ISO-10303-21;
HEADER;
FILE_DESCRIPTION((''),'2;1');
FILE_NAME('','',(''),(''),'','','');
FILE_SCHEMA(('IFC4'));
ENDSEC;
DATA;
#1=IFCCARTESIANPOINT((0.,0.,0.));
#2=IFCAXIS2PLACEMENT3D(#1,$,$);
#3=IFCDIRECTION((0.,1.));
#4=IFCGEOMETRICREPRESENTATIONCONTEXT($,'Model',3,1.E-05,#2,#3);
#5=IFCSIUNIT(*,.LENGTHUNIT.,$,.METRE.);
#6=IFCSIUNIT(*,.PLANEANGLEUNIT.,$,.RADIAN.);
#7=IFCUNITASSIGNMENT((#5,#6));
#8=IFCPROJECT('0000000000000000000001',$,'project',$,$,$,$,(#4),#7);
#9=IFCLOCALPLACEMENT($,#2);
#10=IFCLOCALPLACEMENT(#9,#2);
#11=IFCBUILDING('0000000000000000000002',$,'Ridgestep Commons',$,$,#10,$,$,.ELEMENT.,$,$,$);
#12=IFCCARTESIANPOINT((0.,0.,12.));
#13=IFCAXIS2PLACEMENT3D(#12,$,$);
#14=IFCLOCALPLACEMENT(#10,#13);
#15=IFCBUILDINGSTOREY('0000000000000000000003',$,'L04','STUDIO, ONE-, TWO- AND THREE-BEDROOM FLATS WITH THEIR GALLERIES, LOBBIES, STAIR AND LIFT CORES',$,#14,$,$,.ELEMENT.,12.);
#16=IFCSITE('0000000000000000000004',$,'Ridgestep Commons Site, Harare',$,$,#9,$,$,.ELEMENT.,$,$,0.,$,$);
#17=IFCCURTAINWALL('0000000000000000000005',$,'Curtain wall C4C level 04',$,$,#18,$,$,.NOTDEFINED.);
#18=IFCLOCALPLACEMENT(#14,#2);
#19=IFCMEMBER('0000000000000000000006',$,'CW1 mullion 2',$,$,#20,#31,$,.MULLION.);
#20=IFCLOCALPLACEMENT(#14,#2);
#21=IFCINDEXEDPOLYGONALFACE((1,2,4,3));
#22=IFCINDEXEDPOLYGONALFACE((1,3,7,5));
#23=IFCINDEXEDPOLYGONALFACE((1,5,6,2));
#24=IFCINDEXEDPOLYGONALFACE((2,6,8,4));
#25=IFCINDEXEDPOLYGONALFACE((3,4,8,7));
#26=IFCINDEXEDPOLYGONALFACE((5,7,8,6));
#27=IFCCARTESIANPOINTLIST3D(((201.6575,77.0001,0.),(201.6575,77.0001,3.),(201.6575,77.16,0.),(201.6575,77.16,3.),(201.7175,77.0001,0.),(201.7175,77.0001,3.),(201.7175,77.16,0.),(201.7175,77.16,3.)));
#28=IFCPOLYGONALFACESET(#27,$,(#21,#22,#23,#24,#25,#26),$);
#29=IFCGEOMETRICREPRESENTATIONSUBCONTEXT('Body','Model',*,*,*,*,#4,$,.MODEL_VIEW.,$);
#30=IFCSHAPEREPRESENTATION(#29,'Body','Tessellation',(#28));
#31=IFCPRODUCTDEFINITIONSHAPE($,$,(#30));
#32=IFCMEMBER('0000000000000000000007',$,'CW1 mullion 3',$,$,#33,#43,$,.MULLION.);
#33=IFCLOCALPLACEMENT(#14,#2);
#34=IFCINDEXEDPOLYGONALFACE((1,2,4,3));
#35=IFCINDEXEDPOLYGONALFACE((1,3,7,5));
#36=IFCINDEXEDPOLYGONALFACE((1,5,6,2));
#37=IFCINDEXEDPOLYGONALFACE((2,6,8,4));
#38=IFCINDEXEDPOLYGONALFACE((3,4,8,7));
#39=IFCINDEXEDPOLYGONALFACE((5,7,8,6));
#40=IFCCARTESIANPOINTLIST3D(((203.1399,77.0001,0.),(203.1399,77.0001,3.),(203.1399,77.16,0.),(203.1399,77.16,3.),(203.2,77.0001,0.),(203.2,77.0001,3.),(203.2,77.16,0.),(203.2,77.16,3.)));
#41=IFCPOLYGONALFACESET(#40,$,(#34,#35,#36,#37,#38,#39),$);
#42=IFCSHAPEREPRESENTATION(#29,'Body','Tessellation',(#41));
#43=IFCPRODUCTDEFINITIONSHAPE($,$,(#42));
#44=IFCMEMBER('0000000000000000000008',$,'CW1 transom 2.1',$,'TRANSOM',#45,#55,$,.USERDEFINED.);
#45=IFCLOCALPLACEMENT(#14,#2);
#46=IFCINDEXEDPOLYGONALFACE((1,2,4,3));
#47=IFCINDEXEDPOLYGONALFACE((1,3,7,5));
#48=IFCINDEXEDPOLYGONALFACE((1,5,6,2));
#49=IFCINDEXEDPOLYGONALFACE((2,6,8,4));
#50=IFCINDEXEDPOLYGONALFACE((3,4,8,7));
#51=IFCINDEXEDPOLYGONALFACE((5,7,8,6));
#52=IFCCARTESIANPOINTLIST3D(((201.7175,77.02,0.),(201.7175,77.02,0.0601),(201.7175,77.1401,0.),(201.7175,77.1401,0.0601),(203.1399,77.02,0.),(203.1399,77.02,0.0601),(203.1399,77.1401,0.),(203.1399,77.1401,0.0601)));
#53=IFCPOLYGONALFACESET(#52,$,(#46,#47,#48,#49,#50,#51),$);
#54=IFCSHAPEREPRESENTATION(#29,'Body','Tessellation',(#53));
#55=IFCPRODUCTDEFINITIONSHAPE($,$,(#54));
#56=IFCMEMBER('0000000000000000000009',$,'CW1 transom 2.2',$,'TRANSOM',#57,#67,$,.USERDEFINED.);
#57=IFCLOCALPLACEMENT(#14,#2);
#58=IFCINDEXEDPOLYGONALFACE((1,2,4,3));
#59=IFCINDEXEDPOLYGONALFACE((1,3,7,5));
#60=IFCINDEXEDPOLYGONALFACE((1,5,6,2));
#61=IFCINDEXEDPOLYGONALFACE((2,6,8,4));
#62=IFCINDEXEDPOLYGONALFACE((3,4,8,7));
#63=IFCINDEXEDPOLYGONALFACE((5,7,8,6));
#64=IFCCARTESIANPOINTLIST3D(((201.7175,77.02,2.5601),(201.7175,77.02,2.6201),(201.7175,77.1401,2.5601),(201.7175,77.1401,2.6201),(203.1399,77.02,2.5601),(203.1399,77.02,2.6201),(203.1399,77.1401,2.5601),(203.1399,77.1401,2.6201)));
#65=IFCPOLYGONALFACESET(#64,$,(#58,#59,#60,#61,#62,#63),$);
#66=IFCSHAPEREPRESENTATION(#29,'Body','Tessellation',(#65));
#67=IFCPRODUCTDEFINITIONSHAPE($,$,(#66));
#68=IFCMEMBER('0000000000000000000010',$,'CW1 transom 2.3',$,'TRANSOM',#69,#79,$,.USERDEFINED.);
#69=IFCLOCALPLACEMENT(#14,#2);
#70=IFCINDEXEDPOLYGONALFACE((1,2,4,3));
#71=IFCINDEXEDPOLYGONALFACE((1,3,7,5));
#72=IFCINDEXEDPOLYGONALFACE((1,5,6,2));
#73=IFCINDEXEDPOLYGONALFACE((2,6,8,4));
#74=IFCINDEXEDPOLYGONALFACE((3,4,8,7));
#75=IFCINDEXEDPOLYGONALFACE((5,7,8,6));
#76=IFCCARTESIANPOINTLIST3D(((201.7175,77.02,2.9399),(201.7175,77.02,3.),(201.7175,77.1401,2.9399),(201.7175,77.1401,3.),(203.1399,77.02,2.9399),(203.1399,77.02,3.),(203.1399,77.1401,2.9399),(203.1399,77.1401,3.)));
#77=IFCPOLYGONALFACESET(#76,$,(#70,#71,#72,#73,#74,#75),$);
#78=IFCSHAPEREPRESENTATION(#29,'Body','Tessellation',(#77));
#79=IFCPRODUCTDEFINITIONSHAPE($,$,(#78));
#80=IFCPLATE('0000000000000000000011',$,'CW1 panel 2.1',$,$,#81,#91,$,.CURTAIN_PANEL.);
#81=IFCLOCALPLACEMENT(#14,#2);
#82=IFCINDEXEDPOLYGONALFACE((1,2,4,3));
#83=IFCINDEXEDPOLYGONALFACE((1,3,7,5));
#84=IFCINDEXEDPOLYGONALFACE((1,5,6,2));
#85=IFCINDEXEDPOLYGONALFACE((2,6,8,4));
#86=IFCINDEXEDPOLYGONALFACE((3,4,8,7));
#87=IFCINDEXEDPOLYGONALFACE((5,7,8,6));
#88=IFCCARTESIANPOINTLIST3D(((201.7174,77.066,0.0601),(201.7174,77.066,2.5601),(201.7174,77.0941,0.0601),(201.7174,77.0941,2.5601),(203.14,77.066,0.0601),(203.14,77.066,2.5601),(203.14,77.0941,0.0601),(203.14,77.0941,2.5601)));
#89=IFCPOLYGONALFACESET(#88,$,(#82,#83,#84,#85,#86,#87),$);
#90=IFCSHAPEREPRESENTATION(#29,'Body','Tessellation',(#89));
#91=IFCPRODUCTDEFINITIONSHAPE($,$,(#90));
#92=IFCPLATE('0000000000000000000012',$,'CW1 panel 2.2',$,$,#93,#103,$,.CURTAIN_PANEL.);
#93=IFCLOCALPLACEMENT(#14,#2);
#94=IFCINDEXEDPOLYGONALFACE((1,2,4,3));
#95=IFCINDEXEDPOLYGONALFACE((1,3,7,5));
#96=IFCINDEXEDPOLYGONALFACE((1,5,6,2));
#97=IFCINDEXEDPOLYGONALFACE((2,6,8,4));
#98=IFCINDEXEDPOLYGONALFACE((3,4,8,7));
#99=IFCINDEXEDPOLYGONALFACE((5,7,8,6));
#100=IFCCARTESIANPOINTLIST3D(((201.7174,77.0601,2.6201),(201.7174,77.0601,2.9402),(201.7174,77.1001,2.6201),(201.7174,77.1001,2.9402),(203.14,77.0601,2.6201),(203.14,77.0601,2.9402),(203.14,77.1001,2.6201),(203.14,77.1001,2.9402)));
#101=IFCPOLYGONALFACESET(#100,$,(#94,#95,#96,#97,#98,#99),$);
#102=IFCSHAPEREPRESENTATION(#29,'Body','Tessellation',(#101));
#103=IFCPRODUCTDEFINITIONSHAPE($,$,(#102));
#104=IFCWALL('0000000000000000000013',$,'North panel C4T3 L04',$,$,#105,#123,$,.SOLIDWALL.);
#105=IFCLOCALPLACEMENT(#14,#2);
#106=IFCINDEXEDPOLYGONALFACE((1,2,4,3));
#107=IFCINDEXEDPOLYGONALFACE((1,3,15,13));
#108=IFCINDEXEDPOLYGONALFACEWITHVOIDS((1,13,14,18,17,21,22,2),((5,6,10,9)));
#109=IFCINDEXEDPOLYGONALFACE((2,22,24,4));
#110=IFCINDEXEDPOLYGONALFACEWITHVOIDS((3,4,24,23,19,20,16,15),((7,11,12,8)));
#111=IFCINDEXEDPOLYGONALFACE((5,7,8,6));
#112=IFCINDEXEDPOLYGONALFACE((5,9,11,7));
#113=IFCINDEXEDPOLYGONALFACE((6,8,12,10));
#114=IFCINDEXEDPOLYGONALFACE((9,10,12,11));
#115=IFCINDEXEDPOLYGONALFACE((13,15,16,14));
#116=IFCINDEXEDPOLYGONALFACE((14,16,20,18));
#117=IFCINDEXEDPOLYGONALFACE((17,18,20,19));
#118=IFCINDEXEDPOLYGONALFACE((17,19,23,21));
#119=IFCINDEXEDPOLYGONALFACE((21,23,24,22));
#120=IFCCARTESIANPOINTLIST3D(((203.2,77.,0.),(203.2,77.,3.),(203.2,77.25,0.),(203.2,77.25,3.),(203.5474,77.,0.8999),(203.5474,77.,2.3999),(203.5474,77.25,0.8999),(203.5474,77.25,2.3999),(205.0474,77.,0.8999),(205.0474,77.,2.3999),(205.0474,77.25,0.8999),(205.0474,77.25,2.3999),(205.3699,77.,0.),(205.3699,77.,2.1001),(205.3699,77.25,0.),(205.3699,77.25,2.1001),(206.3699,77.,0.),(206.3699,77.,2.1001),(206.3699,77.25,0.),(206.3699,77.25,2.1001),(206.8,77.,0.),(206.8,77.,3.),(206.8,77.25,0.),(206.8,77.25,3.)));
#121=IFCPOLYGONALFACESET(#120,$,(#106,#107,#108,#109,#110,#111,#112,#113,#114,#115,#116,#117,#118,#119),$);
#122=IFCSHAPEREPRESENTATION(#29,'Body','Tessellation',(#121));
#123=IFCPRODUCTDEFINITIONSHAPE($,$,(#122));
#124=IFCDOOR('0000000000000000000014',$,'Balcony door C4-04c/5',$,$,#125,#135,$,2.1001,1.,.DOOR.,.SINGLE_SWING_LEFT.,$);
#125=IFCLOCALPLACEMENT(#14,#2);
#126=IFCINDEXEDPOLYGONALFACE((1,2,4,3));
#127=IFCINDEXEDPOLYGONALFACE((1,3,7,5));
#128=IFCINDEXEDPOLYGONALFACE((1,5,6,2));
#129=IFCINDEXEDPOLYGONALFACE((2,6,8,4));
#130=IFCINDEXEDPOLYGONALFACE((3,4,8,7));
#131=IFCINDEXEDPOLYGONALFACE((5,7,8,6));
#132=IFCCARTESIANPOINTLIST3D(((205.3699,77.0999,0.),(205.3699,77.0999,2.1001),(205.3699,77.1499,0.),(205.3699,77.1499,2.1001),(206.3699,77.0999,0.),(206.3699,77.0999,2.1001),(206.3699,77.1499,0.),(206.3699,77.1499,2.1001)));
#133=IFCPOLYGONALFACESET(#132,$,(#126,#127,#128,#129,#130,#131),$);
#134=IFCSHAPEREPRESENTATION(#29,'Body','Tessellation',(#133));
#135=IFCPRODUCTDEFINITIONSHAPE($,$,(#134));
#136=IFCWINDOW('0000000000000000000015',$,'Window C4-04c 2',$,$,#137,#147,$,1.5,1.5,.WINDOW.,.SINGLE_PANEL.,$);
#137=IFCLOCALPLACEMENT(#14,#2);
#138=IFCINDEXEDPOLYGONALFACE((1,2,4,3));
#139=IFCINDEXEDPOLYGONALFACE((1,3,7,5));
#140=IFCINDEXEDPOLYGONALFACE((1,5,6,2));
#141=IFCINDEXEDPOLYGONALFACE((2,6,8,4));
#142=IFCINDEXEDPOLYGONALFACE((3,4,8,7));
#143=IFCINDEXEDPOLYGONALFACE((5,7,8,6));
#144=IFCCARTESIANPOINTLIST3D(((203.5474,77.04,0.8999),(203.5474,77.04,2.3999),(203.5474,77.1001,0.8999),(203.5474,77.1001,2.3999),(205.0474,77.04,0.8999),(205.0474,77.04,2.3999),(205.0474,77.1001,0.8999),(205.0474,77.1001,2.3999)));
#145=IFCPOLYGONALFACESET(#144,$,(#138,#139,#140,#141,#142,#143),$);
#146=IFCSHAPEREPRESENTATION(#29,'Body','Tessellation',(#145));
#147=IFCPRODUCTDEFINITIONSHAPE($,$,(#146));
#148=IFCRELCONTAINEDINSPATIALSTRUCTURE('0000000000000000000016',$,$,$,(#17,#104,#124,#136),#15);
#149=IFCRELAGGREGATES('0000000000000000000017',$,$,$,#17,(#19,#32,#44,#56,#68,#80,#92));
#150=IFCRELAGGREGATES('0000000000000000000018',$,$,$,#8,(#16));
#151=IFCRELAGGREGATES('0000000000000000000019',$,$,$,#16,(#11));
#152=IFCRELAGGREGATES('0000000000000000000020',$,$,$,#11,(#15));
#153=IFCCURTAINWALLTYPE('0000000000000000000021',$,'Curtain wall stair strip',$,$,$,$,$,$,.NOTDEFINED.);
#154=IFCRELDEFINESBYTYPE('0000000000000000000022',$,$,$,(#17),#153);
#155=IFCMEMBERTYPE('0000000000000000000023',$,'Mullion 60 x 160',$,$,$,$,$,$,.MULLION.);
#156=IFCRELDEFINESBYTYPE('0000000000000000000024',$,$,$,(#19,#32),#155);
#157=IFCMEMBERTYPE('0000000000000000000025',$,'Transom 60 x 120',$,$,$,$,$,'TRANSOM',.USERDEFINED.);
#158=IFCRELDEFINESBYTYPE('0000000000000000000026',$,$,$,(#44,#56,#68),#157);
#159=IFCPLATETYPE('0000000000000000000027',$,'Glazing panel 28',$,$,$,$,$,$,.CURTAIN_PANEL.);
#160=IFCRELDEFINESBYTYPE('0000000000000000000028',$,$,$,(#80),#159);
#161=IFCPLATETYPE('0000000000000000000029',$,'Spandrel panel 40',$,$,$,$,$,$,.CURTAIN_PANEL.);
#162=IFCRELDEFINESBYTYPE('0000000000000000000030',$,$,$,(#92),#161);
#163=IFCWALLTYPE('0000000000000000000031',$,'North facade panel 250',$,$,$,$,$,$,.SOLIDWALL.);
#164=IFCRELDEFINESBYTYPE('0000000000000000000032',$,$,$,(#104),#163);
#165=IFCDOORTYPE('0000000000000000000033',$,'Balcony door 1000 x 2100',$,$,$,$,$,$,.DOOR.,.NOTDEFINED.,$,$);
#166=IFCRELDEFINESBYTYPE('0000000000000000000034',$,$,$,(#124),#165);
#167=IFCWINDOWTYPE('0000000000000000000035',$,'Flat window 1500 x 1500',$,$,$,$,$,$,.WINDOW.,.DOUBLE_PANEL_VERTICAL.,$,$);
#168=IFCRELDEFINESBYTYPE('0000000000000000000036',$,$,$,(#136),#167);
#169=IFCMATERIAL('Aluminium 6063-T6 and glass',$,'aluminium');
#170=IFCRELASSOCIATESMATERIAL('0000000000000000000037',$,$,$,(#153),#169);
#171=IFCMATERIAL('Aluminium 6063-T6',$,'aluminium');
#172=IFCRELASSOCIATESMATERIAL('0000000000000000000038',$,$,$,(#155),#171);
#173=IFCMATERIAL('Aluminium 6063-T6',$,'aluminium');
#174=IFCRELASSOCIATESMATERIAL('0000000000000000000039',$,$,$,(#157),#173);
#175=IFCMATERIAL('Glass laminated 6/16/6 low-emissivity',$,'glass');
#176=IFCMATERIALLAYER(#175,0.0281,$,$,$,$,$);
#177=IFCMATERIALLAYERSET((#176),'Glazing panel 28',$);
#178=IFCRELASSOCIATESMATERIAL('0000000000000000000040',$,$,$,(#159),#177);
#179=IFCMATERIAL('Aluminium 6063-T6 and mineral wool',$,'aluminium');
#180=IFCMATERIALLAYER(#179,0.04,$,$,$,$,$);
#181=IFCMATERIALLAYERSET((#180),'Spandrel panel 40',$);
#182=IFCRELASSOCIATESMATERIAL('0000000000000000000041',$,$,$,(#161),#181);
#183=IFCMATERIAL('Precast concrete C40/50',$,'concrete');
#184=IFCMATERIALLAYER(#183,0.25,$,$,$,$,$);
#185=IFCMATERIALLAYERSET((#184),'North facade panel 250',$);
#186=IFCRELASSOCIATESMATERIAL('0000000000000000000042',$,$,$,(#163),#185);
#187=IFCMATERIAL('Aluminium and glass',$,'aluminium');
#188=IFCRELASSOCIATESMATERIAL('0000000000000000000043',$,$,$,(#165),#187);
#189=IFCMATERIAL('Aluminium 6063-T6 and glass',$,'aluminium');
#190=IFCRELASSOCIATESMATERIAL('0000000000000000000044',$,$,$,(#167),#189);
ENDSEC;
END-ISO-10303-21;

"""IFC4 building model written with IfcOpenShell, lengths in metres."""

from ifc_helpers import new_model, si_unit, direction, frame, frame_2d, origin, origin_2d, place, context, subcontext, project, spatial, rectangle, extrude, material, layer, layer_set, material_profile, profile_set, type_object, element, fill, aggregate, save


model = new_model("IFC4")

# Units and contexts
model_context = context("Model", 3, precision=1e-05, world=origin(), true_north=direction((0.0, 1.0)))
body_context = subcontext(model_context, "Body", "Model", "MODEL_VIEW")
ifc_project = project(units=[si_unit("LENGTHUNIT", "METRE"), si_unit("PLANEANGLEUNIT", "RADIAN")], contexts=[model_context])

# Site, building, storey
site_placement = place(None, origin())
site = spatial("IfcSite", under=ifc_project, at=site_placement, Name="Ridgestep Commons Site, Harare", CompositionType="ELEMENT", RefElevation=0.0)
building_placement = place(site_placement, origin())
building = spatial("IfcBuilding", under=site, at=building_placement, Name="Ridgestep Commons", CompositionType="ELEMENT")
storey_placement = place(building_placement, frame((0.0, 0.0, 12.0)))
storey = spatial("IfcBuildingStorey", under=building, at=storey_placement, Name="L04", Description="STUDIO, ONE-, TWO- AND THREE-BEDROOM FLATS WITH THEIR GALLERIES, LOBBIES, STAIR AND LIFT CORES", CompositionType="ELEMENT", Elevation=12.0)

# Curtain wall, members, plates
ifc_material_1 = material(Name="Aluminium 6063-T6 and glass", Category="aluminium")
curtain_wall_type = type_object("IfcCurtainWallType", Name="Curtain wall stair strip", PredefinedType="NOTDEFINED", material=ifc_material_1)
curtain_wall_placement = place(storey_placement, origin())
curtain_wall = element("IfcCurtainWall", 1, at=curtain_wall_placement, inside=storey, type_object=curtain_wall_type, Name="Curtain wall C4C level 04", PredefinedType="NOTDEFINED")
ifc_material_2 = material(Name="Aluminium 6063-T6", Category="aluminium")
ifc_material_profile_1 = material_profile(ifc_material_2, rectangle(XDim=0.1599, YDim=0.0601, at=origin_2d()), Name="Mullion 60 x 160")
ifc_profile_set_1 = profile_set([ifc_material_profile_1], Name="Aluminium 6063-T6")
member_type_1 = type_object("IfcMemberType", Name="Mullion 60 x 160", PredefinedType="MULLION", material=ifc_profile_set_1)
member_1_placement = place(storey_placement, frame((201.6875, 77.0801, 0.0), z_axis=(0.0, 0.0, 1.0), x_axis=(0.0, 1.0, 0.0)))
member_1 = element("IfcMember", 2, at=member_1_placement, type_object=member_type_1, Name="CW1 mullion 2", PredefinedType="MULLION", context=body_context, shape_type="SweptSolid", body=[
    extrude(rectangle(XDim=0.1599, YDim=0.0601, at=origin_2d()), origin(), (0.0, 0.0, 1.0), 3.0),
])
member_2_placement = place(storey_placement, frame((203.1699, 77.0801, 0.0), z_axis=(0.0, 0.0, 1.0), x_axis=(0.0, 1.0, 0.0)))
member_2 = element("IfcMember", 3, at=member_2_placement, type_object=member_type_1, Name="CW1 mullion 3", PredefinedType="MULLION", context=body_context, shape_type="SweptSolid", body=[
    extrude(rectangle(XDim=0.1599, YDim=0.0601, at=origin_2d()), origin(), (0.0, 0.0, 1.0), 3.0),
])
ifc_material_3 = material(Name="Aluminium 6063-T6", Category="aluminium")
ifc_material_profile_2 = material_profile(ifc_material_3, rectangle(XDim=0.1201, YDim=0.0601, at=origin_2d()), Name="Transom 60 x 120")
ifc_profile_set_2 = profile_set([ifc_material_profile_2], Name="Aluminium 6063-T6")
member_type_2 = type_object("IfcMemberType", Name="Transom 60 x 120", ElementType="TRANSOM", PredefinedType="USERDEFINED", material=ifc_profile_set_2)
member_3_placement = place(storey_placement, frame((201.7175, 77.0801, 0.03), z_axis=(1.0, 0.0, 0.0), x_axis=(0.0, 1.0, 0.0)))
member_3 = element("IfcMember", 4, at=member_3_placement, type_object=member_type_2, Name="CW1 transom 2.1", ObjectType="TRANSOM", PredefinedType="USERDEFINED", context=body_context, shape_type="SweptSolid", body=[
    extrude(rectangle(XDim=0.1201, YDim=0.0601, at=origin_2d()), origin(), (0.0, 0.0, 1.0), 1.4224),
])
member_4_placement = place(storey_placement, frame((201.7175, 77.0801, 2.5901), z_axis=(1.0, 0.0, 0.0), x_axis=(0.0, 1.0, 0.0)))
member_4 = element("IfcMember", 5, at=member_4_placement, type_object=member_type_2, Name="CW1 transom 2.2", ObjectType="TRANSOM", PredefinedType="USERDEFINED", context=body_context, shape_type="SweptSolid", body=[
    extrude(rectangle(XDim=0.1201, YDim=0.0601, at=origin_2d()), origin(), (0.0, 0.0, 1.0), 1.4224),
])
member_5_placement = place(storey_placement, frame((201.7175, 77.0801, 2.97), z_axis=(1.0, 0.0, 0.0), x_axis=(0.0, 1.0, 0.0)))
member_5 = element("IfcMember", 6, at=member_5_placement, type_object=member_type_2, Name="CW1 transom 2.3", ObjectType="TRANSOM", PredefinedType="USERDEFINED", context=body_context, shape_type="SweptSolid", body=[
    extrude(rectangle(XDim=0.1201, YDim=0.0601, at=origin_2d()), origin(), (0.0, 0.0, 1.0), 1.4224),
])
ifc_material_4 = material(Name="Glass laminated 6/16/6 low-emissivity", Category="glass")
ifc_layer_1 = layer(ifc_material_4, 0.0281)
ifc_layer_set_1 = layer_set([ifc_layer_1], Name="Glazing panel 28")
plate_type_1 = type_object("IfcPlateType", Name="Glazing panel 28", PredefinedType="CURTAIN_PANEL", material=ifc_layer_set_1)
plate_1_placement = place(storey_placement, frame((202.4287, 77.0801, 0.0601), z_axis=(0.0, 0.0, 1.0), x_axis=(1.0, 0.0, 0.0)))
plate_1 = element("IfcPlate", 7, at=plate_1_placement, type_object=plate_type_1, Name="CW1 panel 2.1", PredefinedType="CURTAIN_PANEL", context=body_context, shape_type="SweptSolid", body=[
    extrude(rectangle(XDim=1.4226, YDim=0.0281, at=origin_2d()), origin(), (0.0, 0.0, 1.0), 2.5),
])
ifc_material_5 = material(Name="Aluminium 6063-T6 and mineral wool", Category="aluminium")
ifc_layer_2 = layer(ifc_material_5, 0.04)
ifc_layer_set_2 = layer_set([ifc_layer_2], Name="Spandrel panel 40")
plate_type_2 = type_object("IfcPlateType", Name="Spandrel panel 40", PredefinedType="CURTAIN_PANEL", material=ifc_layer_set_2)
plate_2_placement = place(storey_placement, frame((202.4287, 77.0801, 2.6201), z_axis=(0.0, 0.0, 1.0), x_axis=(1.0, 0.0, 0.0)))
plate_2 = element("IfcPlate", 8, at=plate_2_placement, type_object=plate_type_2, Name="CW1 panel 2.2", PredefinedType="CURTAIN_PANEL", context=body_context, shape_type="SweptSolid", body=[
    extrude(rectangle(XDim=1.4226, YDim=0.04, at=origin_2d()), origin(), (0.0, 0.0, 1.0), 0.3201),
])
aggregate(curtain_wall, [member_1, member_2, member_3, member_4, member_5, plate_1, plate_2])

# Wall, openings, door, window
ifc_material_6 = material(Name="Precast concrete C40/50", Category="concrete")
ifc_layer_3 = layer(ifc_material_6, 0.25)
ifc_layer_set_3 = layer_set([ifc_layer_3], Name="North facade panel 250")
wall_type_1 = type_object("IfcWallType", Name="North facade panel 250", PredefinedType="SOLIDWALL", material=ifc_layer_set_3)
wall_1_placement = place(storey_placement, frame((203.2, 77.125, 0.0), z_axis=(0.0, 0.0, 1.0), x_axis=(1.0, 0.0, 0.0)))
wall_1 = element("IfcWall", 9, at=wall_1_placement, inside=storey, type_object=wall_type_1, Name="North panel C4T3 L04", PredefinedType="SOLIDWALL", context=body_context, shape_type="SweptSolid", body=[
    extrude(rectangle(XDim=3.6001, YDim=0.25, at=frame_2d((1.8, 0.0))), origin(), (0.0, 0.0, 1.0), 3.0),
])
opening_1_placement = place(wall_1_placement, frame((0.3474, 0.0, 0.8999)))
opening_1 = element("IfcOpeningElement", 10, at=opening_1_placement, cuts=wall_1, PredefinedType="OPENING", context=body_context, shape_type="SweptSolid", body=[
    extrude(rectangle(XDim=1.5, YDim=1.5, at=frame_2d((0.75, 0.75))), frame((0.0, 0.135, 0.0), z_axis=(0.0, -1.0, 0.0), x_axis=(1.0, 0.0, 0.0)), (0.0, 0.0, 1.0), 0.27),
])
opening_2_placement = place(wall_1_placement, frame((2.1699, 0.0, 0.0)))
opening_2 = element("IfcOpeningElement", 11, at=opening_2_placement, cuts=wall_1, PredefinedType="OPENING", context=body_context, shape_type="SweptSolid", body=[
    extrude(rectangle(XDim=1.0, YDim=2.1001, at=frame_2d((0.5, 1.05))), frame((0.0, 0.135, 0.0), z_axis=(0.0, -1.0, 0.0), x_axis=(1.0, 0.0, 0.0)), (0.0, 0.0, 1.0), 0.27),
])
ifc_material_7 = material(Name="Aluminium and glass", Category="aluminium")
door_type_1 = type_object("IfcDoorType", Name="Balcony door 1000 x 2100", OperationType="NOTDEFINED", PredefinedType="DOOR", material=ifc_material_7)
door_1_placement = place(opening_2_placement, origin())
door_1 = element("IfcDoor", 12, at=door_1_placement, inside=storey, type_object=door_type_1, Name="Balcony door C4-04c/5", OperationType="SINGLE_SWING_LEFT", OverallHeight=2.1001, OverallWidth=1.0, PredefinedType="DOOR", context=body_context, shape_type="SweptSolid", body=[
    extrude(rectangle(XDim=1.0, YDim=2.1001, at=frame_2d((0.5, 1.05))), frame((0.0, 0.0249, 0.0), z_axis=(0.0, -1.0, 0.0), x_axis=(1.0, 0.0, 0.0)), (0.0, 0.0, 1.0), 0.05),
])
fill(opening_2, door_1)
ifc_material_8 = material(Name="Aluminium 6063-T6 and glass", Category="aluminium")
window_type = type_object("IfcWindowType", Name="Flat window 1500 x 1500", PartitioningType="DOUBLE_PANEL_VERTICAL", PredefinedType="WINDOW", material=ifc_material_8)
window_placement = place(opening_1_placement, origin())
window = element("IfcWindow", 13, at=window_placement, inside=storey, type_object=window_type, Name="Window C4-04c 2", OverallHeight=1.5, OverallWidth=1.5, PartitioningType="SINGLE_PANEL", PredefinedType="WINDOW", context=body_context, shape_type="SweptSolid", body=[
    extrude(rectangle(XDim=1.5, YDim=1.5, at=frame_2d((0.75, 0.75))), frame((0.0, -0.0249, 0.0), z_axis=(0.0, -1.0, 0.0), x_axis=(1.0, 0.0, 0.0)), (0.0, 0.0, 1.0), 0.0601),
])
fill(opening_1, window)

save(model, "model.ifc")
